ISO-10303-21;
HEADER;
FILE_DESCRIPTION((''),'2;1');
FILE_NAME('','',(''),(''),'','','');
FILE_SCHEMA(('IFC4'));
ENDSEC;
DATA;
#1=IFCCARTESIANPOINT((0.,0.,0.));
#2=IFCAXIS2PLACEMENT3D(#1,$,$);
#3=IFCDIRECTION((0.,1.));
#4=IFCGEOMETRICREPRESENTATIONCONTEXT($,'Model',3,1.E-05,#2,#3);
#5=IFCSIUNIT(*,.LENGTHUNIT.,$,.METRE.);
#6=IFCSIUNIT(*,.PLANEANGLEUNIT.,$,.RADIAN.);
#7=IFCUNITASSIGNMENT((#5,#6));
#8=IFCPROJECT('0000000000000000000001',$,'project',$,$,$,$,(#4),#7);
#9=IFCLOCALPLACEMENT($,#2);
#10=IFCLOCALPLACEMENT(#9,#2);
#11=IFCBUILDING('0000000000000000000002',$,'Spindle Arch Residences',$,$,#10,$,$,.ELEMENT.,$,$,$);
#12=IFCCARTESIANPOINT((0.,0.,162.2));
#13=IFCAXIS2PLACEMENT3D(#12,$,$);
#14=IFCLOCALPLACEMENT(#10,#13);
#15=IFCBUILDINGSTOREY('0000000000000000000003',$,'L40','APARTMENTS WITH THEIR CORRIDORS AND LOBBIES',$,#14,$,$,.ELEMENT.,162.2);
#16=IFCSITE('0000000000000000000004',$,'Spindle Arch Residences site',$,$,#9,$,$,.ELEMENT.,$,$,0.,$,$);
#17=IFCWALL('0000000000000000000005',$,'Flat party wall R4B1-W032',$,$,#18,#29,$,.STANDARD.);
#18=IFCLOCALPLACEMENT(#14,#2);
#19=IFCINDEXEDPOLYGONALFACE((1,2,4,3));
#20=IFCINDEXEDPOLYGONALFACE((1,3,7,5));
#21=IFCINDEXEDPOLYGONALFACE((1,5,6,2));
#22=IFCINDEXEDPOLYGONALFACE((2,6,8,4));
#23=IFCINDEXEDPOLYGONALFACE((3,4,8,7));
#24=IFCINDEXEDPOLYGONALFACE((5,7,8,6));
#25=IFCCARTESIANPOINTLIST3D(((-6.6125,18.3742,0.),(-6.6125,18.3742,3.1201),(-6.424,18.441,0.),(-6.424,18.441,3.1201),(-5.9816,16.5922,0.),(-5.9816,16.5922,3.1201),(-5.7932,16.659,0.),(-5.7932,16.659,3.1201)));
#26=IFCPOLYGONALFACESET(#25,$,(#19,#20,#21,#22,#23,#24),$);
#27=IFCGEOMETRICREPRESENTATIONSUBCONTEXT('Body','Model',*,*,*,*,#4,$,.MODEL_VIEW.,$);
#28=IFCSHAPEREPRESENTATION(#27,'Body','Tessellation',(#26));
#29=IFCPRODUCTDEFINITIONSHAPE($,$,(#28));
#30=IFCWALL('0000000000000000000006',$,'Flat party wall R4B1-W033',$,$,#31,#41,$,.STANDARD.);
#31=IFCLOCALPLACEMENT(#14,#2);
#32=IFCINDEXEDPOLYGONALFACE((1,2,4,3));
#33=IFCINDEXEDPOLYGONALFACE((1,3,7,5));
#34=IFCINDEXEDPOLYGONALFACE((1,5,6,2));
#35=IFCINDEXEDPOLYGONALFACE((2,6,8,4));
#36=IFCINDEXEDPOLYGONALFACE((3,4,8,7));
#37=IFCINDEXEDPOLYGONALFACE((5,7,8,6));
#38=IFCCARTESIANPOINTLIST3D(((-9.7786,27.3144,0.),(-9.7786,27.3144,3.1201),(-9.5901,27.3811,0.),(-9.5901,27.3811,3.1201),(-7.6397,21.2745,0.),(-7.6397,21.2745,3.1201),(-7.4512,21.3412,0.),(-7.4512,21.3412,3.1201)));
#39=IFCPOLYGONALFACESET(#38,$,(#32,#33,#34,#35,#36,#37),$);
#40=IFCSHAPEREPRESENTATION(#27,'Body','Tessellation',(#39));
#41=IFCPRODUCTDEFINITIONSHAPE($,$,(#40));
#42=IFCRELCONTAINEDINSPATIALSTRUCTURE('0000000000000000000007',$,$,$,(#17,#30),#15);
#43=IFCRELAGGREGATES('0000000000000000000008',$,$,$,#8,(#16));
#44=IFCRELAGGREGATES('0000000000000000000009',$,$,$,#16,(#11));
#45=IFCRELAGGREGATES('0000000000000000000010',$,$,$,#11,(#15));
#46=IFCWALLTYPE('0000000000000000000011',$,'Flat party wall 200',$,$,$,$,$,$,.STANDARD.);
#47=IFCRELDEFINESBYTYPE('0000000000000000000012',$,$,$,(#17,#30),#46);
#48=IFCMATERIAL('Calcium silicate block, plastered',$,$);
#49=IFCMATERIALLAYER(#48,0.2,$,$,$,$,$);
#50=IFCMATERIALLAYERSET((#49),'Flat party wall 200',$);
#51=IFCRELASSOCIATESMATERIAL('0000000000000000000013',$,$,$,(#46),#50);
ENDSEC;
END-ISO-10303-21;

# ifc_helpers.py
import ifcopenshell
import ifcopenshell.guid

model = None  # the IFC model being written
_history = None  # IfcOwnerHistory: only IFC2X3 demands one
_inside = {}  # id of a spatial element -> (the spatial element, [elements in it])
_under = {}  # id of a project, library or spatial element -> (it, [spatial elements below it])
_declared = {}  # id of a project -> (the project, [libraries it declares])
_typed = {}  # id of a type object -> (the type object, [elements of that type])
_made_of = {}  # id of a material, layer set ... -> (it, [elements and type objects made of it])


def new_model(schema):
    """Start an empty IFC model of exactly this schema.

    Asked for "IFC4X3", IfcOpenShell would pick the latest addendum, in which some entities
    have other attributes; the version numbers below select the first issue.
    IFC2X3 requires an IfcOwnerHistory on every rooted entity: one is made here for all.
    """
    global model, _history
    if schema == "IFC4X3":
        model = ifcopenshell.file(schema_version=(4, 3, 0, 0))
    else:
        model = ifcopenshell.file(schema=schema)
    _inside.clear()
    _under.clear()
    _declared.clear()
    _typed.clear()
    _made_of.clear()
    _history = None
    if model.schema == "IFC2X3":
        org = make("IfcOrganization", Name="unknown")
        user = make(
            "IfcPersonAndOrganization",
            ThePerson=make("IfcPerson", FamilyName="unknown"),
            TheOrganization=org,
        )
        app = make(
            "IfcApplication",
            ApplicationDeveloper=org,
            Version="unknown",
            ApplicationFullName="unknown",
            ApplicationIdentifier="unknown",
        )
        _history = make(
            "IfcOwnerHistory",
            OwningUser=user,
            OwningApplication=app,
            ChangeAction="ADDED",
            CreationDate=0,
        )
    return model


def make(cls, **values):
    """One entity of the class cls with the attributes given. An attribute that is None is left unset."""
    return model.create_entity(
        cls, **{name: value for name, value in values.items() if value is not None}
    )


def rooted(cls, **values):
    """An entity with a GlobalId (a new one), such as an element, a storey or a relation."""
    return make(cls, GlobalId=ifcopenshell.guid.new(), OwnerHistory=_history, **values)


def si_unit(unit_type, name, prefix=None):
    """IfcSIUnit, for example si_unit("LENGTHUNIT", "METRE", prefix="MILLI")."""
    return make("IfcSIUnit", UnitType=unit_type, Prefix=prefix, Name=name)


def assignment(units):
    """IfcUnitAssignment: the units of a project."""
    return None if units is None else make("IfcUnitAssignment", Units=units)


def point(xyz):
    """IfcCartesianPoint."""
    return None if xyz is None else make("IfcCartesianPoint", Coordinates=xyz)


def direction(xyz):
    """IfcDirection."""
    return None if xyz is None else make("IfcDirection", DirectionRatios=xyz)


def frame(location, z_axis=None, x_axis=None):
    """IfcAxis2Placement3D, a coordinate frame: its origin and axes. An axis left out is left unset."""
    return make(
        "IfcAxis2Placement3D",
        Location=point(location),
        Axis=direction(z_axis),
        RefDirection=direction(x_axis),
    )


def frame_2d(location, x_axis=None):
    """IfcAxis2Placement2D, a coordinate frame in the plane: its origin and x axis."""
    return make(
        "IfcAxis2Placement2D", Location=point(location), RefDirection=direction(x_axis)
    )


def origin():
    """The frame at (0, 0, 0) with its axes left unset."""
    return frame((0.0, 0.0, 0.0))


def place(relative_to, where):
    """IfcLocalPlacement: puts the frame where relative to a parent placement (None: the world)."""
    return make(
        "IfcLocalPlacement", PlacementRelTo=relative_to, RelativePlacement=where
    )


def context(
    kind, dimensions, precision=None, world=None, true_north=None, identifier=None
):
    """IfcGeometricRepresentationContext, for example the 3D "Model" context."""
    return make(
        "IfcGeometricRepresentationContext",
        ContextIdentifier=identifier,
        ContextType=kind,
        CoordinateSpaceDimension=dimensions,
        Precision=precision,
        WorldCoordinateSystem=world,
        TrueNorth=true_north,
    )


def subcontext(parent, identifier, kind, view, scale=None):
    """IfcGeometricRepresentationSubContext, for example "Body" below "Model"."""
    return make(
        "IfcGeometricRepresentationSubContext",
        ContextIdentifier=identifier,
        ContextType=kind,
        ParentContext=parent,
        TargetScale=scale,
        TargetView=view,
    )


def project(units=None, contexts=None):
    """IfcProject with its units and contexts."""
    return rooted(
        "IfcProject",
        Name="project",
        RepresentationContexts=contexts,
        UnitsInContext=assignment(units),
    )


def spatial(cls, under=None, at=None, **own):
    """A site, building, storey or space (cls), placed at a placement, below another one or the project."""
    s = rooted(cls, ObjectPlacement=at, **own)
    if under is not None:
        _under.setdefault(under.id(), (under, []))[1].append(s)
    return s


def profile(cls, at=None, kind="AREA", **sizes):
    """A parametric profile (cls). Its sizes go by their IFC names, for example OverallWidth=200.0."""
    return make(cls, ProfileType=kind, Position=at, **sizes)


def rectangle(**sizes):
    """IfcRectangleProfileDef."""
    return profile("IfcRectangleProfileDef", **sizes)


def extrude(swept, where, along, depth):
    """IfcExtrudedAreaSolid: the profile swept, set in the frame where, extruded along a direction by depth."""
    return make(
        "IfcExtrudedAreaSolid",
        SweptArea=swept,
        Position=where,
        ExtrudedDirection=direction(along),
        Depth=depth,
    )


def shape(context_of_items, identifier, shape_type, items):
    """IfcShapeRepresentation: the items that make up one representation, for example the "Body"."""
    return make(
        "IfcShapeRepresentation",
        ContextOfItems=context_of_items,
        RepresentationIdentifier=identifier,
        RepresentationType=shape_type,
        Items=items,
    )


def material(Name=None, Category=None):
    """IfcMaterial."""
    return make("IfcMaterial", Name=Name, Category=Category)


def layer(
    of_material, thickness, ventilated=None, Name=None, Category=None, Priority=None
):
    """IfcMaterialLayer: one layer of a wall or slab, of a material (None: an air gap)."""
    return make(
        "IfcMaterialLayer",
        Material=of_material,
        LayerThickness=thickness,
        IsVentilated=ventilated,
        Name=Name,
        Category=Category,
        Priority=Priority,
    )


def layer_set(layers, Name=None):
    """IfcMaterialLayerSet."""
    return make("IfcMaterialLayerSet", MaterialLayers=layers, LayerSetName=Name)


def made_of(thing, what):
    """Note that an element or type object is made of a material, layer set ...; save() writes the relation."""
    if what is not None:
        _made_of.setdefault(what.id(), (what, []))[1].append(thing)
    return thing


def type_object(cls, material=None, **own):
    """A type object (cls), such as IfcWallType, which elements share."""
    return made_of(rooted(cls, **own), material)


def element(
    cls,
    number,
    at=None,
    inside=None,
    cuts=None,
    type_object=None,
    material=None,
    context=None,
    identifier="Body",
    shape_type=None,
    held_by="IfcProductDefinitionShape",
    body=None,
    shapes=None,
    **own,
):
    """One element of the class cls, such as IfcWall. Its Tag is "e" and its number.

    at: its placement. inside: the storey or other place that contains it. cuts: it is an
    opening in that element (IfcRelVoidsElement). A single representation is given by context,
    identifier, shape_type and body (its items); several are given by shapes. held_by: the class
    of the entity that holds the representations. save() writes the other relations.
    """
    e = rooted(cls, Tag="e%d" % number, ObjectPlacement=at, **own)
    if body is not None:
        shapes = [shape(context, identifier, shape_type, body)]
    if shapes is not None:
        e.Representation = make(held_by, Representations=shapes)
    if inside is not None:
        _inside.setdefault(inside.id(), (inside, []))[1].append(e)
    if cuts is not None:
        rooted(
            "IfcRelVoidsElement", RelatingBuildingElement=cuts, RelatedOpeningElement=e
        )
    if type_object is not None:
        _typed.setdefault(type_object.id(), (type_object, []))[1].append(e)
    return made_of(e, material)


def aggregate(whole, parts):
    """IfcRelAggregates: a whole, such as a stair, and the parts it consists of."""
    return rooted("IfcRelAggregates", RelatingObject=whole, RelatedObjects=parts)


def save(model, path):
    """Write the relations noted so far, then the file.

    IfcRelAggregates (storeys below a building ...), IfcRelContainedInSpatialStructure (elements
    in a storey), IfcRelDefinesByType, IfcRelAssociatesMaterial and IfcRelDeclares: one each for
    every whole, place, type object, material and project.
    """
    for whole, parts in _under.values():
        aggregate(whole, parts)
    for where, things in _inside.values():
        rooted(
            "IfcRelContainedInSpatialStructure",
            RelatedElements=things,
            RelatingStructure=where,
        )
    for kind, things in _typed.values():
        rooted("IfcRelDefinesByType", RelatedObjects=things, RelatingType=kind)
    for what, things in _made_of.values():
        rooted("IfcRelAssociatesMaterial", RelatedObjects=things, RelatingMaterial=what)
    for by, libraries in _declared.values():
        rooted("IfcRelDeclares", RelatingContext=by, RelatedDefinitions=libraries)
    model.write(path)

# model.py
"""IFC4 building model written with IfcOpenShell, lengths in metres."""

from ifc_helpers import new_model, si_unit, direction, frame, frame_2d, origin, place, context, subcontext, project, spatial, rectangle, extrude, material, layer, layer_set, type_object, element, save


model = new_model("IFC4")

# Units and contexts
model_context = context("Model", 3, precision=1e-05, world=origin(), true_north=direction((0.0, 1.0)))
body_context = subcontext(model_context, "Body", "Model", "MODEL_VIEW")
ifc_project = project(units=[si_unit("LENGTHUNIT", "METRE"), si_unit("PLANEANGLEUNIT", "RADIAN")], contexts=[model_context])

# Site, building, storey
site_placement = place(None, origin())
site = spatial("IfcSite", under=ifc_project, at=site_placement, Name="Spindle Arch Residences site", CompositionType="ELEMENT", RefElevation=0.0)
building_placement = place(site_placement, origin())
building = spatial("IfcBuilding", under=site, at=building_placement, Name="Spindle Arch Residences", CompositionType="ELEMENT")
storey_placement = place(building_placement, frame((0.0, 0.0, 162.2)))
storey = spatial("IfcBuildingStorey", under=building, at=storey_placement, Name="L40", Description="APARTMENTS WITH THEIR CORRIDORS AND LOBBIES", CompositionType="ELEMENT", Elevation=162.2)

# Walls
ifc_material_1 = material(Name="Calcium silicate block, plastered")
ifc_layer_1 = layer(ifc_material_1, 0.2)
ifc_layer_set_1 = layer_set([ifc_layer_1], Name="Flat party wall 200")
wall_type_1 = type_object("IfcWallType", Name="Flat party wall 200", PredefinedType="STANDARD", material=ifc_layer_set_1)
wall_1_placement = place(storey_placement, frame((-6.5183, 18.4077, 0.0), z_axis=(0.0, 0.0, 1.0), x_axis=(0.333725, -0.94267, 0.0)))
element("IfcWall", 1, at=wall_1_placement, inside=storey, type_object=wall_type_1, Name="Flat party wall R4B1-W032", PredefinedType="STANDARD", context=body_context, shape_type="SweptSolid", body=[
    extrude(rectangle(XDim=1.8904, YDim=0.2, at=frame_2d((0.9453, 0.0))), origin(), (0.0, 0.0, 1.0), 3.1201),
])
wall_2_placement = place(storey_placement, frame((-9.6843, 27.3477, 0.0), z_axis=(0.0, 0.0, 1.0), x_axis=(0.33381, -0.94264, 0.0)))
element("IfcWall", 2, at=wall_2_placement, inside=storey, type_object=wall_type_1, Name="Flat party wall R4B1-W033", PredefinedType="STANDARD", context=body_context, shape_type="SweptSolid", body=[
    extrude(rectangle(XDim=6.4075, YDim=0.2, at=frame_2d((3.2036, 0.0))), origin(), (0.0, 0.0, 1.0), 3.1201),
])

save(model, "model.ifc")
